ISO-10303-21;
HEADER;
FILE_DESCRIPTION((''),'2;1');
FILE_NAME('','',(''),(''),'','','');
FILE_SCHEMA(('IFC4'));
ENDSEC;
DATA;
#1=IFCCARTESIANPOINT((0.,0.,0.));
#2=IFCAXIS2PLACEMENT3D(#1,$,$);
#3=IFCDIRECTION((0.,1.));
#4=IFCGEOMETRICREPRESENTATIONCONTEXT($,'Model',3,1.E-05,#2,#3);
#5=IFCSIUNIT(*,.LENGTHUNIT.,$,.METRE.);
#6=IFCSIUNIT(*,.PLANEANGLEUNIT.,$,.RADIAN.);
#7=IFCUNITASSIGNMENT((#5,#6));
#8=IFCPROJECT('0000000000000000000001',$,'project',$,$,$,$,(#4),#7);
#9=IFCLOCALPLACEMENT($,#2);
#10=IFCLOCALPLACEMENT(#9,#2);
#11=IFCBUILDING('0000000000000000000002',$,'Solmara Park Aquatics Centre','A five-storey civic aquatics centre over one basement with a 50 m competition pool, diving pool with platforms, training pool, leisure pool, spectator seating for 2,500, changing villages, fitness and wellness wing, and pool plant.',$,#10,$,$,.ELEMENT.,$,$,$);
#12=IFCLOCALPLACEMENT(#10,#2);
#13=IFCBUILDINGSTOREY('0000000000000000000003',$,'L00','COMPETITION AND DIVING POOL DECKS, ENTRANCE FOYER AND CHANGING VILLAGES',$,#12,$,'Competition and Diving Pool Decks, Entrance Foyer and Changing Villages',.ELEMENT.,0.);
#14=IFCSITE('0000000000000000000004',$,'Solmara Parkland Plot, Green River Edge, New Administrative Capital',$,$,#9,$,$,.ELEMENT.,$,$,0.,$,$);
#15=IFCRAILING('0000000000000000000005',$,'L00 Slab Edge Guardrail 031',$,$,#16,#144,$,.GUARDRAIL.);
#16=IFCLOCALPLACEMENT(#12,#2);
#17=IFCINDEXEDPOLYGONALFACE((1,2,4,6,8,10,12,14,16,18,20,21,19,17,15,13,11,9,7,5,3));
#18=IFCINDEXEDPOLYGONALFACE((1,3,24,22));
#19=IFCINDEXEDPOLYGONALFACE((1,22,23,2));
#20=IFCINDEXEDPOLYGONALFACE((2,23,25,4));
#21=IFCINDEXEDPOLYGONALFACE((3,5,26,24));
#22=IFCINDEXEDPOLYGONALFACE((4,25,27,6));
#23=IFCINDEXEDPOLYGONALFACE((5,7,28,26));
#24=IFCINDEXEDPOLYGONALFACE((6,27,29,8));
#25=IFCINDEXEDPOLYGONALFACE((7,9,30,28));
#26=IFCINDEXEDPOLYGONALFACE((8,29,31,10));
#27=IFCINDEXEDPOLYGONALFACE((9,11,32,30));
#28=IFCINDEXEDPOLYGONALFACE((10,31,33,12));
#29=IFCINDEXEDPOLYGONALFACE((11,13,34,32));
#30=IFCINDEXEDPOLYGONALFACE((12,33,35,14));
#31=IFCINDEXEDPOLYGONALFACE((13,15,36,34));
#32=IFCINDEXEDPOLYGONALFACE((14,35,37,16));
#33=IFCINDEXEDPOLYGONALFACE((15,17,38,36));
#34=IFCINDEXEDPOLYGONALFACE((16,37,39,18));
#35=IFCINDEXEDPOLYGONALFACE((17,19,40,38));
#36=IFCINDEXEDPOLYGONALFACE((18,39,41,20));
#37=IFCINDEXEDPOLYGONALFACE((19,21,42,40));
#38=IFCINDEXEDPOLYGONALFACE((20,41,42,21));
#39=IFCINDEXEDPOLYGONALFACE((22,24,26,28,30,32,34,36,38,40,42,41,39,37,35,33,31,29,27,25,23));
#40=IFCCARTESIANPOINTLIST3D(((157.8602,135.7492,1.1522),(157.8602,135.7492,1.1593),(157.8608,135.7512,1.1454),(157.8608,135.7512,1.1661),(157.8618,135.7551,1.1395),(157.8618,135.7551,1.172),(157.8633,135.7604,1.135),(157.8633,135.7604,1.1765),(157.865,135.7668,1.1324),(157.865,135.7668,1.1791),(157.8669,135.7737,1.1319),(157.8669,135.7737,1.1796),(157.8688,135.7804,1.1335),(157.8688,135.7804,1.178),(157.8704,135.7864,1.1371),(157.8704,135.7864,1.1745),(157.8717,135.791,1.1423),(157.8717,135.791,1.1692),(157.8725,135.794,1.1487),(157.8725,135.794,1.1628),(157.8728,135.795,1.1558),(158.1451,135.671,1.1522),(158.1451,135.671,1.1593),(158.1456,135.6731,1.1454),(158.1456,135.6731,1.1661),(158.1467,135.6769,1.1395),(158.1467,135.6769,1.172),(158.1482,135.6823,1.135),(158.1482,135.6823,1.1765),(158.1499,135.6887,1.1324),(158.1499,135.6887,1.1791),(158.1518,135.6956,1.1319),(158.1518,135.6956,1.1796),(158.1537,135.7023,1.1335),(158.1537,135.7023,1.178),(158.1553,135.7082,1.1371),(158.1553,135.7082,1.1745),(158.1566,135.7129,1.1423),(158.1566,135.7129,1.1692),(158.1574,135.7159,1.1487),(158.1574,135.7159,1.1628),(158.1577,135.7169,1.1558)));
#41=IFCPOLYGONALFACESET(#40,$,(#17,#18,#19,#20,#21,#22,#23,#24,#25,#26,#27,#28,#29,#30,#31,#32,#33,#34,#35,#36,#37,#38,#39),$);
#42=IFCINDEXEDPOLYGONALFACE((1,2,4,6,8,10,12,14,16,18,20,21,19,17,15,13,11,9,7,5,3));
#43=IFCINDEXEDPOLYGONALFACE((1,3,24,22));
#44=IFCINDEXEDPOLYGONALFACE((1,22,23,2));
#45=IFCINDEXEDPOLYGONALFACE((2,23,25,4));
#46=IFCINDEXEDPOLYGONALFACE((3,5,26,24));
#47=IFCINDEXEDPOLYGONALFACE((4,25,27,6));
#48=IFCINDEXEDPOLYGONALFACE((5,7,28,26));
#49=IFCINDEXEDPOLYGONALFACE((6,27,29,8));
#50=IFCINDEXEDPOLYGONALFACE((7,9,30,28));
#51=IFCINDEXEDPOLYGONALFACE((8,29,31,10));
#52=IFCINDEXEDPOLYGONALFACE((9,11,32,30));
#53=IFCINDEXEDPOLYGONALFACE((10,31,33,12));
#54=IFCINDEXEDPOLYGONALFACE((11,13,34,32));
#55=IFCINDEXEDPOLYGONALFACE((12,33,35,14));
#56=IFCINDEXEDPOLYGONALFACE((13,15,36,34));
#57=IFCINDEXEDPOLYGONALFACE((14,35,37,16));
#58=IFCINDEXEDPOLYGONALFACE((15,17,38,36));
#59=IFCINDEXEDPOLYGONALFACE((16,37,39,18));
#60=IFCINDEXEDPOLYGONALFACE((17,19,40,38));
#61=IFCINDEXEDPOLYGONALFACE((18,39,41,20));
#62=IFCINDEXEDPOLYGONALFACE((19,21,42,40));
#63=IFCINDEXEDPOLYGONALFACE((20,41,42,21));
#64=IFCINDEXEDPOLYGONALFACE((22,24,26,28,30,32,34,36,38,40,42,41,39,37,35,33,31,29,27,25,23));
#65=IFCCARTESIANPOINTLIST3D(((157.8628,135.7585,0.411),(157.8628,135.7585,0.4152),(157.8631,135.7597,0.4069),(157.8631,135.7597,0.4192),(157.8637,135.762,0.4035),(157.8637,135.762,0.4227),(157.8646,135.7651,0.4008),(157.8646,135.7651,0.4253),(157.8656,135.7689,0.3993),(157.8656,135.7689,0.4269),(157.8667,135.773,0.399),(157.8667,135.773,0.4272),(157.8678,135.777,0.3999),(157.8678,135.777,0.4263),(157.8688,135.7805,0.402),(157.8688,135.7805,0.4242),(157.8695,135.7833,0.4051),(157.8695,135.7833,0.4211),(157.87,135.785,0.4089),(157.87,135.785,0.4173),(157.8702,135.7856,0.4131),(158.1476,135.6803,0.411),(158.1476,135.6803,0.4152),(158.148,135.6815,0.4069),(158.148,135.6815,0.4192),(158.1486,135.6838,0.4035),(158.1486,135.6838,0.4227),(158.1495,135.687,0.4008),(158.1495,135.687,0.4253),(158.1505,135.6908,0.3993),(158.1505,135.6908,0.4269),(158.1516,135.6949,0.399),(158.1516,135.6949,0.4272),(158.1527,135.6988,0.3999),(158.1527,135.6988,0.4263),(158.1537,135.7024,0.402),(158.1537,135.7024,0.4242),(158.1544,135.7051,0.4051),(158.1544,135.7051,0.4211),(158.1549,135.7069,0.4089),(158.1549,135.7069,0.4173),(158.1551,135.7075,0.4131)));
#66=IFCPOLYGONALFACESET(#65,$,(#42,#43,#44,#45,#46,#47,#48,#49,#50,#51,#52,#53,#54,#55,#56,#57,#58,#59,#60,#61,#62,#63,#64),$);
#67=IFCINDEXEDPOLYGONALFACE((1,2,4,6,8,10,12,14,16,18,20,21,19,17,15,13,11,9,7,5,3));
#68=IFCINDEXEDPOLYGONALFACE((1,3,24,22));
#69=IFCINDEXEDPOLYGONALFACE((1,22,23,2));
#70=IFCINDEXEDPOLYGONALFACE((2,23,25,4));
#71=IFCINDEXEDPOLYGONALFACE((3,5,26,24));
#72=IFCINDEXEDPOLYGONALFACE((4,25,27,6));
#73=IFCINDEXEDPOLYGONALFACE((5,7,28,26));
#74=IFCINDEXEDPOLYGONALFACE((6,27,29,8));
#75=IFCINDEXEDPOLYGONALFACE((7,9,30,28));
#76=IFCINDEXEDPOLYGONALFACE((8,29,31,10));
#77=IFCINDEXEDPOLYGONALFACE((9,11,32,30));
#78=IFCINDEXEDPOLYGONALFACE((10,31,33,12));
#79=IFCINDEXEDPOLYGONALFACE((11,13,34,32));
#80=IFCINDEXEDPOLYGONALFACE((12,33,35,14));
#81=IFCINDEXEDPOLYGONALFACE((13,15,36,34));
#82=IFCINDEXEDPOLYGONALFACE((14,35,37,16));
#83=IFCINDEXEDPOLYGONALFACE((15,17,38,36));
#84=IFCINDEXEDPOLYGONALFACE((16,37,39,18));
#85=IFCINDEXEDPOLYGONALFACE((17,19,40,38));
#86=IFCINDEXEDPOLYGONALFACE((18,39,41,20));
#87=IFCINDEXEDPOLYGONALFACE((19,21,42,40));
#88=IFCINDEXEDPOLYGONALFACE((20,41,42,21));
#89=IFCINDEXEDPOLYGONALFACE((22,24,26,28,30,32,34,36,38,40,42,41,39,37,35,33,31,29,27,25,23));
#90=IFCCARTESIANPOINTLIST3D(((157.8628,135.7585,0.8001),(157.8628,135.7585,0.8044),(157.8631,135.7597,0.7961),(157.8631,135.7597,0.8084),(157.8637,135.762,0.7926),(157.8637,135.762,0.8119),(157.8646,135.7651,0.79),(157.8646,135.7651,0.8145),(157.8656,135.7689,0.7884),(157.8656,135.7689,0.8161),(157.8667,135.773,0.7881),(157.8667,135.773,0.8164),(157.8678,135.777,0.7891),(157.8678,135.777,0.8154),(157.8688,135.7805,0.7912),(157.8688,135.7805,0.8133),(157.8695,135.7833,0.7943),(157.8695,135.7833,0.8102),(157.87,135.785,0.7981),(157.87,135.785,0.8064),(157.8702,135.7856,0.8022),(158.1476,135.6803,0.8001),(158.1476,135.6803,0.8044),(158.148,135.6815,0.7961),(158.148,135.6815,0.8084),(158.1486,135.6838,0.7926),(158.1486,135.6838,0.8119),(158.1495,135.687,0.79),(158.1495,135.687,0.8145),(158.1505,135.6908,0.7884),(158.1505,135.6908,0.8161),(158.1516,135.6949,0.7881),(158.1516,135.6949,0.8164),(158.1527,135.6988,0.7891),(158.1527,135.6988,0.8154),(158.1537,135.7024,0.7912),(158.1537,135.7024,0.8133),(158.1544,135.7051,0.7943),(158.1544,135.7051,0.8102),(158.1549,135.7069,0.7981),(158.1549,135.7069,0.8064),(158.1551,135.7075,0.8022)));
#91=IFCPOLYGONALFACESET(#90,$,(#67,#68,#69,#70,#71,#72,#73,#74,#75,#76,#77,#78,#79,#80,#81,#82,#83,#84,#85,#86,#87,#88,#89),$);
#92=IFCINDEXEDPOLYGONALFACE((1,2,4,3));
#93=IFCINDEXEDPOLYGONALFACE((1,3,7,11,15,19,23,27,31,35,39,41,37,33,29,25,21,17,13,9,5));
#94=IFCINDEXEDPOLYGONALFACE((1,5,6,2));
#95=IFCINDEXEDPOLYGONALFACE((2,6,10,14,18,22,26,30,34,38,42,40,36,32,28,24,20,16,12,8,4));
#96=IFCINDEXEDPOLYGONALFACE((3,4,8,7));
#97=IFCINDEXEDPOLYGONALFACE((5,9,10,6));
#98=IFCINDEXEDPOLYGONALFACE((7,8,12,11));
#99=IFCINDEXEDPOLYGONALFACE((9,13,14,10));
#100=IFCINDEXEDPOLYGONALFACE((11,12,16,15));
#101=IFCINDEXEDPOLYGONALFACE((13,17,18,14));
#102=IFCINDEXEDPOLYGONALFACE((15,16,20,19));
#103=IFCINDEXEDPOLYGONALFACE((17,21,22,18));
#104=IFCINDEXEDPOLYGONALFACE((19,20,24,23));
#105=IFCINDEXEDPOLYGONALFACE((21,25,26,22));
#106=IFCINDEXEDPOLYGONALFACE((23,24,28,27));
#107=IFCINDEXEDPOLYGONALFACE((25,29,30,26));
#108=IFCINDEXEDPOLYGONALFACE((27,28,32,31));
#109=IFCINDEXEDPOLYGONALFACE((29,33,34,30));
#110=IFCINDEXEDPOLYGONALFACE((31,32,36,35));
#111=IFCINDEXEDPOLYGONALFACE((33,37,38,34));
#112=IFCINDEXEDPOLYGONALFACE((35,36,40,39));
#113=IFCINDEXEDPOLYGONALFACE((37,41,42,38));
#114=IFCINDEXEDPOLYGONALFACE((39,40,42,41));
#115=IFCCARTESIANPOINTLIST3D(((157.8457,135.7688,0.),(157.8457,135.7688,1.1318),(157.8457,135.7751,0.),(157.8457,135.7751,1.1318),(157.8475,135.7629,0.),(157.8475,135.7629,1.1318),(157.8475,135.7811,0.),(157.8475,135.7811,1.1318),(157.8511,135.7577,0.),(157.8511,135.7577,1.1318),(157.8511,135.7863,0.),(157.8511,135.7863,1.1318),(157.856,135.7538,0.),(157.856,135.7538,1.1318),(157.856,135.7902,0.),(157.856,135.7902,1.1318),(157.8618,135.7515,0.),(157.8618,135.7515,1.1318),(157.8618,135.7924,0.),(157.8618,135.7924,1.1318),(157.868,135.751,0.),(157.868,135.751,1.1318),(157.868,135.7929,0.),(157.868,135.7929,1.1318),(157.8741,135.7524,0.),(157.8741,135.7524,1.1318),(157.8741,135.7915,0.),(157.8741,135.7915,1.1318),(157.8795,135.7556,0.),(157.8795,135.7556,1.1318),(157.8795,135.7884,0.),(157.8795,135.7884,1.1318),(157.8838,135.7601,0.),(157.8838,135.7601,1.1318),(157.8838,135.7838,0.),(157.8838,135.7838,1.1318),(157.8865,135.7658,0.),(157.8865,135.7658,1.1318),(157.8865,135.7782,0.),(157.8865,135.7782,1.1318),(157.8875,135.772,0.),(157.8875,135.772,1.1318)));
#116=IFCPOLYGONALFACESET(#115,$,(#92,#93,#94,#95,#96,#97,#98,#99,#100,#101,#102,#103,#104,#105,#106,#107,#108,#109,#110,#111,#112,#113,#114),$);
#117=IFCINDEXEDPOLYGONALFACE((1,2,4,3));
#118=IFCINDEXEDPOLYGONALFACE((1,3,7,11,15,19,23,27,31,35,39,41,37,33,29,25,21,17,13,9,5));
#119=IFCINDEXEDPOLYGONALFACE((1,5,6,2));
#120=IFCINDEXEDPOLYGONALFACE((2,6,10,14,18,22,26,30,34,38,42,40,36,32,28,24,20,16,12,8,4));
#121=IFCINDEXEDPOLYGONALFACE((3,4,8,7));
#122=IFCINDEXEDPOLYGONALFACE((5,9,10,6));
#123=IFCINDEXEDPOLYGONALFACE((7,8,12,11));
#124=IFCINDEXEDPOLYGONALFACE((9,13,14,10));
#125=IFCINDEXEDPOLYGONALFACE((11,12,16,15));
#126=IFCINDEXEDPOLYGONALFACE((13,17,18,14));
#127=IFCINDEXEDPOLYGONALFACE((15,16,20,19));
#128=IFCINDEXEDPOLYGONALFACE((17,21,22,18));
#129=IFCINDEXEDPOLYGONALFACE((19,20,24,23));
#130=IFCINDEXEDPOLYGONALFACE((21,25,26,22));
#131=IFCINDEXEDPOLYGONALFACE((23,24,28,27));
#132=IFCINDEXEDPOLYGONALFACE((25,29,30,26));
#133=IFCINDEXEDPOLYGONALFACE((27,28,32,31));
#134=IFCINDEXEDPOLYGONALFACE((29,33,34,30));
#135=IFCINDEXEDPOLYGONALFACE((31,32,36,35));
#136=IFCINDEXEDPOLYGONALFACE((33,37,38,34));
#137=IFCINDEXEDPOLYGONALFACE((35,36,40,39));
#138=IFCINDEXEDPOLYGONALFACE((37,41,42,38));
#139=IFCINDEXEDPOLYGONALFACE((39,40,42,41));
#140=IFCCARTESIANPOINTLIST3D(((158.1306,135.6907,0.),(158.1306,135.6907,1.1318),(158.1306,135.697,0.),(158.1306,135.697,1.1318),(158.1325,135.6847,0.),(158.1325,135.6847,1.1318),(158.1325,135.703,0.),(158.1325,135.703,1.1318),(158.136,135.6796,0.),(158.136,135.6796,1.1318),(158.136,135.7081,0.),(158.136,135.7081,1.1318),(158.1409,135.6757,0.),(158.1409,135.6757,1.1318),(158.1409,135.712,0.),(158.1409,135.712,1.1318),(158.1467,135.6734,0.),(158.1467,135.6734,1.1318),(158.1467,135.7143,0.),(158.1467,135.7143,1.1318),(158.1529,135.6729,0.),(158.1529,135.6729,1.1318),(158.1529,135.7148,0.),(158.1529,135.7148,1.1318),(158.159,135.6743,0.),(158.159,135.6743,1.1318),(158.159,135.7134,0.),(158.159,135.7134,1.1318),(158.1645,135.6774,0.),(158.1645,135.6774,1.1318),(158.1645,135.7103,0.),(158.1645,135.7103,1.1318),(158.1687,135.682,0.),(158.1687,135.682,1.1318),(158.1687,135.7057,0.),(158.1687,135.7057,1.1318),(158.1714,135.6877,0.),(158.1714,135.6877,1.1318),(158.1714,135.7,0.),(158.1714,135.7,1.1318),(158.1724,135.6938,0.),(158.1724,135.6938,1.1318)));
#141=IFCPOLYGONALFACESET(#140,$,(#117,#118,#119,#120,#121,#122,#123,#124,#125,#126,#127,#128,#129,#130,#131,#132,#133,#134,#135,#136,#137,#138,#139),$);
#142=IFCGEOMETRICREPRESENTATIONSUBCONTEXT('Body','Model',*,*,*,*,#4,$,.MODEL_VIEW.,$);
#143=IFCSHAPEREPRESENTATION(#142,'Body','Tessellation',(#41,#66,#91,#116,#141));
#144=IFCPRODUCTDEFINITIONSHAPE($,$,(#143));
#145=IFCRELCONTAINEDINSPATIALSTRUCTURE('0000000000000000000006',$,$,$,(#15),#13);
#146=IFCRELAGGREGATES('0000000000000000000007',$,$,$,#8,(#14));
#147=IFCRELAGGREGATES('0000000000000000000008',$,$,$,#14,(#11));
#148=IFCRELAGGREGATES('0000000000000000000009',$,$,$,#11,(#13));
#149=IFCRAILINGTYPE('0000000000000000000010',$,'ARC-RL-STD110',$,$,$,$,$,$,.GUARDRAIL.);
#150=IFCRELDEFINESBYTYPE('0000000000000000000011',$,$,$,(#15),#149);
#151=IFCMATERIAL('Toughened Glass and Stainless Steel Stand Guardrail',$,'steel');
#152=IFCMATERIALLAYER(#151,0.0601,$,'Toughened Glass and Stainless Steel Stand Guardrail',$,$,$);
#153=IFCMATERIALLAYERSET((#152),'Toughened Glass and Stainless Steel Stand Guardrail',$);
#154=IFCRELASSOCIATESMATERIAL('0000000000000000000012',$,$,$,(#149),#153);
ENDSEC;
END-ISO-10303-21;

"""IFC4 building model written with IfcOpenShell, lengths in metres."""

from ifc_helpers import new_model, si_unit, direction, frame, origin, origin_2d, place, context, subcontext, project, spatial, circle, extrude, material, layer, layer_set, type_object, element, save


model = new_model("IFC4")

# Units and contexts
model_context = context("Model", 3, precision=1e-05, world=origin(), true_north=direction((0.0, 1.0)))
body_context = subcontext(model_context, "Body", "Model", "MODEL_VIEW")
ifc_project = project(units=[si_unit("LENGTHUNIT", "METRE"), si_unit("PLANEANGLEUNIT", "RADIAN")], contexts=[model_context])

# Site, building, storey
site_placement = place(None, origin())
site = spatial("IfcSite", under=ifc_project, at=site_placement, Name="Solmara Parkland Plot, Green River Edge, New Administrative Capital", CompositionType="ELEMENT", RefElevation=0.0)
building_placement = place(site_placement, origin())
building = spatial("IfcBuilding", under=site, at=building_placement, Name="Solmara Park Aquatics Centre", Description="A five-storey civic aquatics centre over one basement with a 50 m competition pool, diving pool with platforms, training pool, leisure pool, spectator seating for 2,500, changing villages, fitness and wellness wing, and pool plant.", CompositionType="ELEMENT")
storey_placement = place(building_placement, origin())
storey = spatial("IfcBuildingStorey", under=building, at=storey_placement, Name="L00", Description="COMPETITION AND DIVING POOL DECKS, ENTRANCE FOYER AND CHANGING VILLAGES", LongName="Competition and Diving Pool Decks, Entrance Foyer and Changing Villages", CompositionType="ELEMENT", Elevation=0.0)

# Railing
ifc_material_1 = material(Name="Toughened Glass and Stainless Steel Stand Guardrail", Category="steel")
ifc_layer_1 = layer(ifc_material_1, 0.0601, Name="Toughened Glass and Stainless Steel Stand Guardrail")
ifc_layer_set_1 = layer_set([ifc_layer_1], Name="Toughened Glass and Stainless Steel Stand Guardrail")
railing_type_1 = type_object("IfcRailingType", Name="ARC-RL-STD110", PredefinedType="GUARDRAIL", material=ifc_layer_set_1)
railing_1_placement = place(storey_placement, frame((157.8665, 135.772, 0.0)))
element("IfcRailing", 1, at=railing_1_placement, inside=storey, type_object=railing_type_1, Name="L00 Slab Edge Guardrail 031", PredefinedType="GUARDRAIL", context=body_context, shape_type="SweptSolid", body=[
    extrude(circle(Radius=0.0239, at=origin_2d()), frame((0.0, 0.0, 1.1558), z_axis=(0.964401, -0.264446, 0.0), x_axis=(0.264446, 0.964401, 0.0)), (0.0, 0.0, 1.0), 0.2954),
    extrude(circle(Radius=0.0142, at=origin_2d()), frame((0.0, 0.0, 0.4131), z_axis=(0.964401, -0.264446, 0.0), x_axis=(0.264446, 0.964401, 0.0)), (0.0, 0.0, 1.0), 0.2954),
    extrude(circle(Radius=0.0142, at=origin_2d()), frame((0.0, 0.0, 0.8022), z_axis=(0.964401, -0.264446, 0.0), x_axis=(0.264446, 0.964401, 0.0)), (0.0, 0.0, 1.0), 0.2954),
    extrude(circle(Radius=0.021, at=origin_2d()), origin(), (0.0, 0.0, 1.0), 1.1318),
    extrude(circle(Radius=0.021, at=origin_2d()), frame((0.2849, -0.0781, 0.0)), (0.0, 0.0, 1.0), 1.1318),
])

save(model, "model.ifc")
